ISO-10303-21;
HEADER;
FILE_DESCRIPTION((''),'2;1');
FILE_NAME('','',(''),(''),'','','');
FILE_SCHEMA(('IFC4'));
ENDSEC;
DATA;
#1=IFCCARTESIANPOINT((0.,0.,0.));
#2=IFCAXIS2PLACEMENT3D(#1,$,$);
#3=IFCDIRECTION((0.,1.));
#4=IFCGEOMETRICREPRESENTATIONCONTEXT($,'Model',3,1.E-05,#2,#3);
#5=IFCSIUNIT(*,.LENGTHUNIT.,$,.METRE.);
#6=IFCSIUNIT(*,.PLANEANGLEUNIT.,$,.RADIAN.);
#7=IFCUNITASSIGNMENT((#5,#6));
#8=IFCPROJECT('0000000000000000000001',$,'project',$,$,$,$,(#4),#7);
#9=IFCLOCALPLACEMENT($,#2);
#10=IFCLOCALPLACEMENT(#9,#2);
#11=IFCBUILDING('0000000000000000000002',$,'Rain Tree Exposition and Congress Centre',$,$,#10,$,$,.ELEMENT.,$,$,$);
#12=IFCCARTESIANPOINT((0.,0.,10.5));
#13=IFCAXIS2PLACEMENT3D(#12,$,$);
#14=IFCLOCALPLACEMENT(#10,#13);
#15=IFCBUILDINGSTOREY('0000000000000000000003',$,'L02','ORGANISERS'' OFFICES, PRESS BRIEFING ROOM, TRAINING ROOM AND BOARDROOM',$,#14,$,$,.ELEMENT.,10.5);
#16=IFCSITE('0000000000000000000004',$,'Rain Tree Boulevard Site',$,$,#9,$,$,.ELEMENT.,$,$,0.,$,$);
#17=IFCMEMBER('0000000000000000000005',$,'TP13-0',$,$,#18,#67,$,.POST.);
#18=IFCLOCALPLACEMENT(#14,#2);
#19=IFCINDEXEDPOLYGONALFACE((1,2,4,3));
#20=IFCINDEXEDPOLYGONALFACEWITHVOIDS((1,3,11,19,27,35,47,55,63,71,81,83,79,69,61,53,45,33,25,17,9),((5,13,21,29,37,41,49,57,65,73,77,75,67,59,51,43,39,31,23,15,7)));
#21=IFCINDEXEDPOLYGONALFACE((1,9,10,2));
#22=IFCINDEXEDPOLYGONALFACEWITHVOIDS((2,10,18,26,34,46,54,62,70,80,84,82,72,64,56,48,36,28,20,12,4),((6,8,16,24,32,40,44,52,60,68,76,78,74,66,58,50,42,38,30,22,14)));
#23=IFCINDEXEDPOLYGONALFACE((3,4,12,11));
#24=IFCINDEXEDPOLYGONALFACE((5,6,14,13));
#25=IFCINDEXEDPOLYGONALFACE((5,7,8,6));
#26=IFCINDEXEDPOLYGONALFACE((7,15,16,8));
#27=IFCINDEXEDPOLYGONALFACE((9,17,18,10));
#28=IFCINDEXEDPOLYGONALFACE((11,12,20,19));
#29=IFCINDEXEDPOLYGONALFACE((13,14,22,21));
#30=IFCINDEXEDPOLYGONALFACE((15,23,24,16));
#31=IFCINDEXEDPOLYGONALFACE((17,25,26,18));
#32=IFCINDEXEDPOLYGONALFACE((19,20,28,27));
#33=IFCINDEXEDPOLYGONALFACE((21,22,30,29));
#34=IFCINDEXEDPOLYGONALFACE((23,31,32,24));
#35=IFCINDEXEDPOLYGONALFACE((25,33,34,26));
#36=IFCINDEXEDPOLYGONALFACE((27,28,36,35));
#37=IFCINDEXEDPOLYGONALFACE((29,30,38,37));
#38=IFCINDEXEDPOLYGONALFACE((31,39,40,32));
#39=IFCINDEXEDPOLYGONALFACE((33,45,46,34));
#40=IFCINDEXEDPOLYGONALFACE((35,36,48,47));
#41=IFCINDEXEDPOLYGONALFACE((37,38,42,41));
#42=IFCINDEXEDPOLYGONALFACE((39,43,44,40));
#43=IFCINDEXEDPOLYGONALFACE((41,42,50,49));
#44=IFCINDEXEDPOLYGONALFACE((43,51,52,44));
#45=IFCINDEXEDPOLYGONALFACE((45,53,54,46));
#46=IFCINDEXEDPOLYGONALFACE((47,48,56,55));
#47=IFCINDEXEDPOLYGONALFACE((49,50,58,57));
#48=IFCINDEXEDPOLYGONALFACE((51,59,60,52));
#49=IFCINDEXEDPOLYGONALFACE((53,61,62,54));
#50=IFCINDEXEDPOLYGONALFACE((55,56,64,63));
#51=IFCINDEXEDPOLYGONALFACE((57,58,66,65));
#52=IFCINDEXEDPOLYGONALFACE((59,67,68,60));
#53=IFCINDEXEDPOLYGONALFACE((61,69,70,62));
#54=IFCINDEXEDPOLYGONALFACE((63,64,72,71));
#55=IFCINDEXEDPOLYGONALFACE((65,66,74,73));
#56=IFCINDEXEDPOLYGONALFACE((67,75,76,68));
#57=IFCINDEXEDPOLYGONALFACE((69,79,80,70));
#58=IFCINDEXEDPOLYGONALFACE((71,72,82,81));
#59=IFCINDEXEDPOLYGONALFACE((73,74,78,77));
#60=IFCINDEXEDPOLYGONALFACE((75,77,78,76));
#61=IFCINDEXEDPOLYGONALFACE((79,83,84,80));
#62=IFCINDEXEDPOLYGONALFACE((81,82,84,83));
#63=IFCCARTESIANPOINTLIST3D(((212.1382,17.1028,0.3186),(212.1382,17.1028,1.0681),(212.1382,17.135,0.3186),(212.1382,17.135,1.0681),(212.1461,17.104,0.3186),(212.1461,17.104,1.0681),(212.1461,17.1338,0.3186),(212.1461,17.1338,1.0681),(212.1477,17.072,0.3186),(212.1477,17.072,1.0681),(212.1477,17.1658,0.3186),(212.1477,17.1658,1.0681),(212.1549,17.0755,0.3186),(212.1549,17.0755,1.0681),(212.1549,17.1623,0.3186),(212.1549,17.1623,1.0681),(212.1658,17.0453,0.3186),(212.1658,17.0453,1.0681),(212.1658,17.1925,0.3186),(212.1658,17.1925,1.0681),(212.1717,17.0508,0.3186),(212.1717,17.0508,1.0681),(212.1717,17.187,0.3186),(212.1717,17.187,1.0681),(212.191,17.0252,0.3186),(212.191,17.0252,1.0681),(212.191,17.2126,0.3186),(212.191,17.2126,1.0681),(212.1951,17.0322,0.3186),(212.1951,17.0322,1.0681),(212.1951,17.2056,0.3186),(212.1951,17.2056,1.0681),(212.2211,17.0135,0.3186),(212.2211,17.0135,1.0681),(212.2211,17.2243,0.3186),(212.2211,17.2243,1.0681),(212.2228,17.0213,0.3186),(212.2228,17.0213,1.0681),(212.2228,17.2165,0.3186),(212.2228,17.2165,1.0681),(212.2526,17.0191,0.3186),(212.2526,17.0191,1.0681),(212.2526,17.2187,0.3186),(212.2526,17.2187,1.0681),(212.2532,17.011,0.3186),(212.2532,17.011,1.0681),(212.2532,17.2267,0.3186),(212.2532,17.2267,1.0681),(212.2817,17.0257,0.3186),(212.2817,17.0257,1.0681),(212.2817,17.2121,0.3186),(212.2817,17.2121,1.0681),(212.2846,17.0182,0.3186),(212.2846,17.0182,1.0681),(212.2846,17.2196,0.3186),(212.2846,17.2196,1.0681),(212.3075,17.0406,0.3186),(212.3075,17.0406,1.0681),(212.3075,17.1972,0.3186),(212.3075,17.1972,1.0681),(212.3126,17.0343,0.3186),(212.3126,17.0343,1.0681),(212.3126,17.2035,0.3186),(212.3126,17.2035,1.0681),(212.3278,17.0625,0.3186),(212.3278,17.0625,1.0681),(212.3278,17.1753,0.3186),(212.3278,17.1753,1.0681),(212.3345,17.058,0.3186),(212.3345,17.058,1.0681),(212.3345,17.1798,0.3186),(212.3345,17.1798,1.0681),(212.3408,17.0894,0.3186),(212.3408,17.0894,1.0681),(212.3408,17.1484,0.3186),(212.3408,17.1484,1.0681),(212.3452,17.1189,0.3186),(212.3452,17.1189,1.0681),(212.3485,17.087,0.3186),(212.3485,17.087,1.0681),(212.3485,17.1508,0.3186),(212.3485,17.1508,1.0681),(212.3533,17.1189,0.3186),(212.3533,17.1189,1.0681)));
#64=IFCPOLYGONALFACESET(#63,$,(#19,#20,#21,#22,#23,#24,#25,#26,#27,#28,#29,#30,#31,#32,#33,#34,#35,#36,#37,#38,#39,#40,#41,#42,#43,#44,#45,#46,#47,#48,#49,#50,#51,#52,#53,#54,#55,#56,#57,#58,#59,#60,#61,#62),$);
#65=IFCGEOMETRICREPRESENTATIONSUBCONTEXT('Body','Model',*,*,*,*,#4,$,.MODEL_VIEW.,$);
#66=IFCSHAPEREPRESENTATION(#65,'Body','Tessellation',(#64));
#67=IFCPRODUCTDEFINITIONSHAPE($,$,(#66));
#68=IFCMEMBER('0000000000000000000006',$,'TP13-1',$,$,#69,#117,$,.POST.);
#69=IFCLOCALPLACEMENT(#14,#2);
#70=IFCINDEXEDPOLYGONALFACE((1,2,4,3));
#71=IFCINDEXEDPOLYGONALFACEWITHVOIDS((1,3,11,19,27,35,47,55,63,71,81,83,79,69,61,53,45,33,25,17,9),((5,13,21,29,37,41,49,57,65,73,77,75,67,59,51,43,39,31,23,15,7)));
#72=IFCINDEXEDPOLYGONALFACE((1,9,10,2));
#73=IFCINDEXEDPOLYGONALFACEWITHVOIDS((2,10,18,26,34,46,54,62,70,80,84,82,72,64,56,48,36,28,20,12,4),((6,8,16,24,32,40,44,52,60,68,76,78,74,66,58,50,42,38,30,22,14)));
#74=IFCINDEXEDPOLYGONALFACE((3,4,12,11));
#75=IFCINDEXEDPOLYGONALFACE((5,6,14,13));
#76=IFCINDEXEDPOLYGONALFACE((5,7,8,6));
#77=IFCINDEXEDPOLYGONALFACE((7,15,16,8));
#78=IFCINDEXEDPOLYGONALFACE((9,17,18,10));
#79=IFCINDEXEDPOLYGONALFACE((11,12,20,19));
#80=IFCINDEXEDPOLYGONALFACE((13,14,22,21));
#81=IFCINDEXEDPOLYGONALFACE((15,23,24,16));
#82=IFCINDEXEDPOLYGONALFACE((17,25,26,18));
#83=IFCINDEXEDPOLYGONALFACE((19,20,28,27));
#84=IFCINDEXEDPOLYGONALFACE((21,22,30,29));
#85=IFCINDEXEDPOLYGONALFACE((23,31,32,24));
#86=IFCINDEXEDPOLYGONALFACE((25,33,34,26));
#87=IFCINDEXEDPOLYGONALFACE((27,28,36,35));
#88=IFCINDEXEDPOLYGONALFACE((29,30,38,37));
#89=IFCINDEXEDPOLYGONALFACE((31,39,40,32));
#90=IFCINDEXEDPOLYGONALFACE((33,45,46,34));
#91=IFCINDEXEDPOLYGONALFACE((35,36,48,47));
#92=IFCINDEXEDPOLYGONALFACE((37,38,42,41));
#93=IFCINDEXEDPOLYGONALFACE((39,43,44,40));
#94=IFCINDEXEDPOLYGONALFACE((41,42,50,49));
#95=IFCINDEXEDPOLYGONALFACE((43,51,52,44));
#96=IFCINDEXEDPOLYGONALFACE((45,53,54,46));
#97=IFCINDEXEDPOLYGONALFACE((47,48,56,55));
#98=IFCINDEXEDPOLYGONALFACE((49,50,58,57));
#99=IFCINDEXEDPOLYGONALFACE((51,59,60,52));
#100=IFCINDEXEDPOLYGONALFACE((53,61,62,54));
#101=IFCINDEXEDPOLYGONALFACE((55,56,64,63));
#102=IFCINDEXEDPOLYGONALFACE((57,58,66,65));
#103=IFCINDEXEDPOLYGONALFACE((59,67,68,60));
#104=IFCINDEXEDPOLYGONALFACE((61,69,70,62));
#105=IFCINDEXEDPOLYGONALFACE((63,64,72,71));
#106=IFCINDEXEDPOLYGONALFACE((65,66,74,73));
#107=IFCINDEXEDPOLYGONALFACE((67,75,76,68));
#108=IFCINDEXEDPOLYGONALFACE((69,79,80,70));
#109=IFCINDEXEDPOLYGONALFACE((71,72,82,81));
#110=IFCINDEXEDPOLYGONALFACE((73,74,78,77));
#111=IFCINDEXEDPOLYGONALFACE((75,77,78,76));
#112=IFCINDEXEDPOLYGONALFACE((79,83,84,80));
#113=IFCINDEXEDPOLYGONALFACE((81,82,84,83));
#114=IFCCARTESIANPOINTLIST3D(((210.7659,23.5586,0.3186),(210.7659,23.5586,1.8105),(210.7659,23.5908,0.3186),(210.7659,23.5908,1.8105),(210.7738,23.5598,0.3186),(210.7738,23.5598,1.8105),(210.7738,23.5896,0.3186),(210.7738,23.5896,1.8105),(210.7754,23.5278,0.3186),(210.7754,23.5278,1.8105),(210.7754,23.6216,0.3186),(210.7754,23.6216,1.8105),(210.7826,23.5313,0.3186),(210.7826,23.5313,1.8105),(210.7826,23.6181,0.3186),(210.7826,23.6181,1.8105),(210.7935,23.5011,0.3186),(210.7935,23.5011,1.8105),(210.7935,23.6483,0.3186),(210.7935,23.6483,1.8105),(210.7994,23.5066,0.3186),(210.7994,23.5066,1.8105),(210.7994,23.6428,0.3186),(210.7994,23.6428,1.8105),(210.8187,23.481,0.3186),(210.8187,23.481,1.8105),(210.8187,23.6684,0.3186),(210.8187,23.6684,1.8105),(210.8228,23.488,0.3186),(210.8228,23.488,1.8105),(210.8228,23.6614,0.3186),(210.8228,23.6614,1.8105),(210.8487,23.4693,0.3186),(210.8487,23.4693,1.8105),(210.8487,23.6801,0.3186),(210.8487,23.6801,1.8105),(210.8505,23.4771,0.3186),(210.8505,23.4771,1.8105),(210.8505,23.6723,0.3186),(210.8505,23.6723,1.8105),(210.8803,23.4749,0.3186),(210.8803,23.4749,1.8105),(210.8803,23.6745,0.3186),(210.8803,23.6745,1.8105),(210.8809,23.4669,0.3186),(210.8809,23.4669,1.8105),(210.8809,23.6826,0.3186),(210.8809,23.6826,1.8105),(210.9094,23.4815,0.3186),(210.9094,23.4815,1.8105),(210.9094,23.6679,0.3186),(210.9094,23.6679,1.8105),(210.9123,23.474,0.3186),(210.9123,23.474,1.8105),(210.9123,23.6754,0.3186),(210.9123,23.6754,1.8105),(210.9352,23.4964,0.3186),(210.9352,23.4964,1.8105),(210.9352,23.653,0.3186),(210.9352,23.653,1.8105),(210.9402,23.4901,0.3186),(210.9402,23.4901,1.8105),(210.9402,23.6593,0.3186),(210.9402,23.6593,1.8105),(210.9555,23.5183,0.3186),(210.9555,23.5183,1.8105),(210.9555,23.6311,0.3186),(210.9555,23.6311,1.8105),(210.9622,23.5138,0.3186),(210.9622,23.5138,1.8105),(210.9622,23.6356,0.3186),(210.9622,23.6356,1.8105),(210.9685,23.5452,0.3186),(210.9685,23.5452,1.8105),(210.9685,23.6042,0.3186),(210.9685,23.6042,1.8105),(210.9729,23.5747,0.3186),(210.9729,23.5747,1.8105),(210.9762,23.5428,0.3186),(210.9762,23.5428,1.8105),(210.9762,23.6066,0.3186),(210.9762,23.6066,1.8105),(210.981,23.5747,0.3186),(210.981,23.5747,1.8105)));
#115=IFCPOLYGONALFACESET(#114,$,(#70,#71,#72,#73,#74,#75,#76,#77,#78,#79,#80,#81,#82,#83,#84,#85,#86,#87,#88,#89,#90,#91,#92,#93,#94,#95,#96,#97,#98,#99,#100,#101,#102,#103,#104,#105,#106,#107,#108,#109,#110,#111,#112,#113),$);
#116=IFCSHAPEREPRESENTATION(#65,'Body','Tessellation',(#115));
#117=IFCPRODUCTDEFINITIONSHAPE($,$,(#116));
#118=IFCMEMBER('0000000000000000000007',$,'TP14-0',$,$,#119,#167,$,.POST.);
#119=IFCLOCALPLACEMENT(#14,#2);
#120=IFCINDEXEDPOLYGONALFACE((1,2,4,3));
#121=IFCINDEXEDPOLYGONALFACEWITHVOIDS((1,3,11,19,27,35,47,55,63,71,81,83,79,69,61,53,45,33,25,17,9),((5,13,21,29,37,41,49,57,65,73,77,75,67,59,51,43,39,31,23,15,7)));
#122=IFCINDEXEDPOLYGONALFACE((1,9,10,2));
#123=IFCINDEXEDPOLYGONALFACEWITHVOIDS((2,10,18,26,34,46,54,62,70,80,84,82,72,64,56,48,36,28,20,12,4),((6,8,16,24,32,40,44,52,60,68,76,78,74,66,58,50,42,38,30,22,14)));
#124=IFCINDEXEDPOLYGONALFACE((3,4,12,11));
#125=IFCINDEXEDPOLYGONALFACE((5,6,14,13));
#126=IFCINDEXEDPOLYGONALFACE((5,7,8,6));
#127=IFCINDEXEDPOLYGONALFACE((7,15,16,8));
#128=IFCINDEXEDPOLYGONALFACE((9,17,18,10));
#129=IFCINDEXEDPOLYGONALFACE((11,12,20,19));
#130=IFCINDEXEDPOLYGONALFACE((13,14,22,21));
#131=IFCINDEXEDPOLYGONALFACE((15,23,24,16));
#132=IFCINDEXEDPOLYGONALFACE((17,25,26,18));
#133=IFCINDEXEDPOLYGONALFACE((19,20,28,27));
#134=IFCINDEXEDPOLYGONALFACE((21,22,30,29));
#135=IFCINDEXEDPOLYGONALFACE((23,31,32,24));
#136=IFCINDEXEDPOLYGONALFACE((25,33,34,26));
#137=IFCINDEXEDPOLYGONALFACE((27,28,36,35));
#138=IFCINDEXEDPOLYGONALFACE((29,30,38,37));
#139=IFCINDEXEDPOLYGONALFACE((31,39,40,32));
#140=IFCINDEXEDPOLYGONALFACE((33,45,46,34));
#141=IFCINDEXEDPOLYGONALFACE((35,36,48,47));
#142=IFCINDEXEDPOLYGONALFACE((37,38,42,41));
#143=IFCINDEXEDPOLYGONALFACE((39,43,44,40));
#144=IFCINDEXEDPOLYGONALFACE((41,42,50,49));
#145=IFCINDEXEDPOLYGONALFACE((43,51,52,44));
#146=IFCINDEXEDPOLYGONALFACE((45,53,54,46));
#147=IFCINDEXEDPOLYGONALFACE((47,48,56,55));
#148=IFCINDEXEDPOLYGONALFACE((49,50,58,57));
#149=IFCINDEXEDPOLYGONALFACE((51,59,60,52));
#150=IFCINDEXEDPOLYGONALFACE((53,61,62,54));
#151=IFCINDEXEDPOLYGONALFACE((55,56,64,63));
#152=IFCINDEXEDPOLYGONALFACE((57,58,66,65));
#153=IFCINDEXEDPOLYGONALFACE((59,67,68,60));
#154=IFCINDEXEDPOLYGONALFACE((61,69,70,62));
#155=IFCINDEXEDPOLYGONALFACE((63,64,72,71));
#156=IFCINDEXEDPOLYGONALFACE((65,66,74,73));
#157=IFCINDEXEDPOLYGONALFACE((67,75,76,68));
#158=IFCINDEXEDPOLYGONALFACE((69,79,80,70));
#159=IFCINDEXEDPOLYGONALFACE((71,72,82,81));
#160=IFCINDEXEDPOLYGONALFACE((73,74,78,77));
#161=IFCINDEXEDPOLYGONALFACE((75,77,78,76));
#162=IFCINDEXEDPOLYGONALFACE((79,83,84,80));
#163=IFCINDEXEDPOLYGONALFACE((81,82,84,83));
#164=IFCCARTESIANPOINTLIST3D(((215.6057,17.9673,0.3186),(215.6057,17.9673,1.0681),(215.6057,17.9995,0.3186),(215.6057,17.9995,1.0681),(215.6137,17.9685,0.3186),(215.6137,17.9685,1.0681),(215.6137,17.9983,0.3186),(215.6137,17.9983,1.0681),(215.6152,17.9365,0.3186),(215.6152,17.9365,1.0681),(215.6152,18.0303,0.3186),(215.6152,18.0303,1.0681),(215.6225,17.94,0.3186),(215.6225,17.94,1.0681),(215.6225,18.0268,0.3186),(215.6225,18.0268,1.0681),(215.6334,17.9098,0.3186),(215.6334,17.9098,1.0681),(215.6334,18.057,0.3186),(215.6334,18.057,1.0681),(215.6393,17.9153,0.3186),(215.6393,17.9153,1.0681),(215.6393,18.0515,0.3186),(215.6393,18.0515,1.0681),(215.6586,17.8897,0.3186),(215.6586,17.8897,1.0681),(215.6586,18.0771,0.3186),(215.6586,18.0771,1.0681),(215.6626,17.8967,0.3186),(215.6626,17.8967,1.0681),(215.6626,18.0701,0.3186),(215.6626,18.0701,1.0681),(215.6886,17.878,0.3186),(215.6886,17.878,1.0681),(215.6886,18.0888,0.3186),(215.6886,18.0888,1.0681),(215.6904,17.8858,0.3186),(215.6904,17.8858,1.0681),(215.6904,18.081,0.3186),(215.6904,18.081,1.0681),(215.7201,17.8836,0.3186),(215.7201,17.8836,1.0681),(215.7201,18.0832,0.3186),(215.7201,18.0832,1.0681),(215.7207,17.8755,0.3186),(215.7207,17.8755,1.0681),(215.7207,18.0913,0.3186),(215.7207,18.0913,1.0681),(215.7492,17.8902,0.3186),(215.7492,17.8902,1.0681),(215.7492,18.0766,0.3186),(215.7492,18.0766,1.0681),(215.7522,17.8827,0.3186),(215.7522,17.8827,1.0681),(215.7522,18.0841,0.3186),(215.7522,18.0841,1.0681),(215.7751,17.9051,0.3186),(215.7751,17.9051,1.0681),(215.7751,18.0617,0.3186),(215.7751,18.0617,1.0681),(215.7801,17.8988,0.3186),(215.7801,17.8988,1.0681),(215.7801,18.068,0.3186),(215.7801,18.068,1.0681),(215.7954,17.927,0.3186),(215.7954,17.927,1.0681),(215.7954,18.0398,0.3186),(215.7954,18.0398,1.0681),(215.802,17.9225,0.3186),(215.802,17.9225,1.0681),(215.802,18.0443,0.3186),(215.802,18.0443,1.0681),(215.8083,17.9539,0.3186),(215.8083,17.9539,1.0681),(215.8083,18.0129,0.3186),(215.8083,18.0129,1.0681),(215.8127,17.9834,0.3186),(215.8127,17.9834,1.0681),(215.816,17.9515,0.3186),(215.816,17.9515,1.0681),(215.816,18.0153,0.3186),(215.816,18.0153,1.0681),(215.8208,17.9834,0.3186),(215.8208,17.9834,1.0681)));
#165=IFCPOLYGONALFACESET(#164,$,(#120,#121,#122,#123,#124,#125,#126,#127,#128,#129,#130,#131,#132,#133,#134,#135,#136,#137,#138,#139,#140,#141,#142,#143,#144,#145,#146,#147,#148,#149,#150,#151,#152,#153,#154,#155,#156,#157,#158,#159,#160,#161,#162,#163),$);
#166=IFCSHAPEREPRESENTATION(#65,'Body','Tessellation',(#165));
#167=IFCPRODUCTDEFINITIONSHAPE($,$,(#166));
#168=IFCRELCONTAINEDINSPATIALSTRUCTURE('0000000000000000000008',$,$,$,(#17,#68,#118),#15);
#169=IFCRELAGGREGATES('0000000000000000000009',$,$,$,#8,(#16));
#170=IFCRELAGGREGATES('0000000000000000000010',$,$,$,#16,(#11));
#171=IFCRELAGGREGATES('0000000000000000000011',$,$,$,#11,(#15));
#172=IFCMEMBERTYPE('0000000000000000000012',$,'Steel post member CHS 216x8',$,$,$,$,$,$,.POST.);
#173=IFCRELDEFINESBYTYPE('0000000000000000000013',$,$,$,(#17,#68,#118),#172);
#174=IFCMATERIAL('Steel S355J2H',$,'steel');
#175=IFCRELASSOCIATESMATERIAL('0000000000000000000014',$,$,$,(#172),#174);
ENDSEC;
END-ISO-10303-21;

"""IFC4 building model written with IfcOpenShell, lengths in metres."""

from ifc_helpers import new_model, si_unit, direction, frame, origin, origin_2d, place, context, subcontext, project, spatial, hollow_circle, extrude, material, material_profile, profile_set, type_object, element, save


model = new_model("IFC4")

# Units and contexts
model_context = context("Model", 3, precision=1e-05, world=origin(), true_north=direction((0.0, 1.0)))
body_context = subcontext(model_context, "Body", "Model", "MODEL_VIEW")
ifc_project = project(units=[si_unit("LENGTHUNIT", "METRE"), si_unit("PLANEANGLEUNIT", "RADIAN")], contexts=[model_context])

# Site, building, storey
site_placement = place(None, origin())
site = spatial("IfcSite", under=ifc_project, at=site_placement, Name="Rain Tree Boulevard Site", CompositionType="ELEMENT", RefElevation=0.0)
building_placement = place(site_placement, origin())
building = spatial("IfcBuilding", under=site, at=building_placement, Name="Rain Tree Exposition and Congress Centre", CompositionType="ELEMENT")
storey_placement = place(building_placement, frame((0.0, 0.0, 10.5)))
storey = spatial("IfcBuildingStorey", under=building, at=storey_placement, Name="L02", Description="ORGANISERS' OFFICES, PRESS BRIEFING ROOM, TRAINING ROOM AND BOARDROOM", CompositionType="ELEMENT", Elevation=10.5)

# Members
ifc_material_1 = material(Name="Steel S355J2H", Category="steel")
ifc_material_profile_1 = material_profile(ifc_material_1, hollow_circle(Radius=0.1082, WallThickness=0.0081, at=origin_2d()), Name="CHS 216x8")
ifc_profile_set_1 = profile_set([ifc_material_profile_1], Name="Steel S355J2H")
member_type_1 = type_object("IfcMemberType", Name="Steel post member CHS 216x8", PredefinedType="POST", material=ifc_profile_set_1)
member_1_placement = place(storey_placement, frame((212.2451, 17.1189, 0.3186), z_axis=(0.0, 0.0, 1.0), x_axis=(1.0, 0.0, 0.0)))
element("IfcMember", 1, at=member_1_placement, inside=storey, type_object=member_type_1, Name="TP13-0", PredefinedType="POST", context=body_context, shape_type="SweptSolid", body=[
    extrude(hollow_circle(Radius=0.1082, WallThickness=0.0081, at=origin_2d()), origin(), (0.0, 0.0, 1.0), 0.7495),
])
member_2_placement = place(storey_placement, frame((210.8728, 23.5747, 0.3186), z_axis=(0.0, 0.0, 1.0), x_axis=(1.0, 0.0, 0.0)))
element("IfcMember", 2, at=member_2_placement, inside=storey, type_object=member_type_1, Name="TP13-1", PredefinedType="POST", context=body_context, shape_type="SweptSolid", body=[
    extrude(hollow_circle(Radius=0.1082, WallThickness=0.0081, at=origin_2d()), origin(), (0.0, 0.0, 1.0), 1.4919),
])
for number, where, z_axis, x_axis, name in (
    (3, (215.7126, 17.9834, 0.3186), (0.0, 0.0, 1.0), (1.0, 0.0, 0.0), "TP14-0"),
):
    element("IfcMember", number, at=place(storey_placement, frame(where, z_axis=z_axis, x_axis=x_axis)), inside=storey, type_object=member_type_1, Name=name, PredefinedType="POST", context=body_context, shape_type="SweptSolid", body=[
        extrude(hollow_circle(Radius=0.1082, WallThickness=0.0081, at=origin_2d()), origin(), (0.0, 0.0, 1.0), 0.7495),
    ])

save(model, "model.ifc")
